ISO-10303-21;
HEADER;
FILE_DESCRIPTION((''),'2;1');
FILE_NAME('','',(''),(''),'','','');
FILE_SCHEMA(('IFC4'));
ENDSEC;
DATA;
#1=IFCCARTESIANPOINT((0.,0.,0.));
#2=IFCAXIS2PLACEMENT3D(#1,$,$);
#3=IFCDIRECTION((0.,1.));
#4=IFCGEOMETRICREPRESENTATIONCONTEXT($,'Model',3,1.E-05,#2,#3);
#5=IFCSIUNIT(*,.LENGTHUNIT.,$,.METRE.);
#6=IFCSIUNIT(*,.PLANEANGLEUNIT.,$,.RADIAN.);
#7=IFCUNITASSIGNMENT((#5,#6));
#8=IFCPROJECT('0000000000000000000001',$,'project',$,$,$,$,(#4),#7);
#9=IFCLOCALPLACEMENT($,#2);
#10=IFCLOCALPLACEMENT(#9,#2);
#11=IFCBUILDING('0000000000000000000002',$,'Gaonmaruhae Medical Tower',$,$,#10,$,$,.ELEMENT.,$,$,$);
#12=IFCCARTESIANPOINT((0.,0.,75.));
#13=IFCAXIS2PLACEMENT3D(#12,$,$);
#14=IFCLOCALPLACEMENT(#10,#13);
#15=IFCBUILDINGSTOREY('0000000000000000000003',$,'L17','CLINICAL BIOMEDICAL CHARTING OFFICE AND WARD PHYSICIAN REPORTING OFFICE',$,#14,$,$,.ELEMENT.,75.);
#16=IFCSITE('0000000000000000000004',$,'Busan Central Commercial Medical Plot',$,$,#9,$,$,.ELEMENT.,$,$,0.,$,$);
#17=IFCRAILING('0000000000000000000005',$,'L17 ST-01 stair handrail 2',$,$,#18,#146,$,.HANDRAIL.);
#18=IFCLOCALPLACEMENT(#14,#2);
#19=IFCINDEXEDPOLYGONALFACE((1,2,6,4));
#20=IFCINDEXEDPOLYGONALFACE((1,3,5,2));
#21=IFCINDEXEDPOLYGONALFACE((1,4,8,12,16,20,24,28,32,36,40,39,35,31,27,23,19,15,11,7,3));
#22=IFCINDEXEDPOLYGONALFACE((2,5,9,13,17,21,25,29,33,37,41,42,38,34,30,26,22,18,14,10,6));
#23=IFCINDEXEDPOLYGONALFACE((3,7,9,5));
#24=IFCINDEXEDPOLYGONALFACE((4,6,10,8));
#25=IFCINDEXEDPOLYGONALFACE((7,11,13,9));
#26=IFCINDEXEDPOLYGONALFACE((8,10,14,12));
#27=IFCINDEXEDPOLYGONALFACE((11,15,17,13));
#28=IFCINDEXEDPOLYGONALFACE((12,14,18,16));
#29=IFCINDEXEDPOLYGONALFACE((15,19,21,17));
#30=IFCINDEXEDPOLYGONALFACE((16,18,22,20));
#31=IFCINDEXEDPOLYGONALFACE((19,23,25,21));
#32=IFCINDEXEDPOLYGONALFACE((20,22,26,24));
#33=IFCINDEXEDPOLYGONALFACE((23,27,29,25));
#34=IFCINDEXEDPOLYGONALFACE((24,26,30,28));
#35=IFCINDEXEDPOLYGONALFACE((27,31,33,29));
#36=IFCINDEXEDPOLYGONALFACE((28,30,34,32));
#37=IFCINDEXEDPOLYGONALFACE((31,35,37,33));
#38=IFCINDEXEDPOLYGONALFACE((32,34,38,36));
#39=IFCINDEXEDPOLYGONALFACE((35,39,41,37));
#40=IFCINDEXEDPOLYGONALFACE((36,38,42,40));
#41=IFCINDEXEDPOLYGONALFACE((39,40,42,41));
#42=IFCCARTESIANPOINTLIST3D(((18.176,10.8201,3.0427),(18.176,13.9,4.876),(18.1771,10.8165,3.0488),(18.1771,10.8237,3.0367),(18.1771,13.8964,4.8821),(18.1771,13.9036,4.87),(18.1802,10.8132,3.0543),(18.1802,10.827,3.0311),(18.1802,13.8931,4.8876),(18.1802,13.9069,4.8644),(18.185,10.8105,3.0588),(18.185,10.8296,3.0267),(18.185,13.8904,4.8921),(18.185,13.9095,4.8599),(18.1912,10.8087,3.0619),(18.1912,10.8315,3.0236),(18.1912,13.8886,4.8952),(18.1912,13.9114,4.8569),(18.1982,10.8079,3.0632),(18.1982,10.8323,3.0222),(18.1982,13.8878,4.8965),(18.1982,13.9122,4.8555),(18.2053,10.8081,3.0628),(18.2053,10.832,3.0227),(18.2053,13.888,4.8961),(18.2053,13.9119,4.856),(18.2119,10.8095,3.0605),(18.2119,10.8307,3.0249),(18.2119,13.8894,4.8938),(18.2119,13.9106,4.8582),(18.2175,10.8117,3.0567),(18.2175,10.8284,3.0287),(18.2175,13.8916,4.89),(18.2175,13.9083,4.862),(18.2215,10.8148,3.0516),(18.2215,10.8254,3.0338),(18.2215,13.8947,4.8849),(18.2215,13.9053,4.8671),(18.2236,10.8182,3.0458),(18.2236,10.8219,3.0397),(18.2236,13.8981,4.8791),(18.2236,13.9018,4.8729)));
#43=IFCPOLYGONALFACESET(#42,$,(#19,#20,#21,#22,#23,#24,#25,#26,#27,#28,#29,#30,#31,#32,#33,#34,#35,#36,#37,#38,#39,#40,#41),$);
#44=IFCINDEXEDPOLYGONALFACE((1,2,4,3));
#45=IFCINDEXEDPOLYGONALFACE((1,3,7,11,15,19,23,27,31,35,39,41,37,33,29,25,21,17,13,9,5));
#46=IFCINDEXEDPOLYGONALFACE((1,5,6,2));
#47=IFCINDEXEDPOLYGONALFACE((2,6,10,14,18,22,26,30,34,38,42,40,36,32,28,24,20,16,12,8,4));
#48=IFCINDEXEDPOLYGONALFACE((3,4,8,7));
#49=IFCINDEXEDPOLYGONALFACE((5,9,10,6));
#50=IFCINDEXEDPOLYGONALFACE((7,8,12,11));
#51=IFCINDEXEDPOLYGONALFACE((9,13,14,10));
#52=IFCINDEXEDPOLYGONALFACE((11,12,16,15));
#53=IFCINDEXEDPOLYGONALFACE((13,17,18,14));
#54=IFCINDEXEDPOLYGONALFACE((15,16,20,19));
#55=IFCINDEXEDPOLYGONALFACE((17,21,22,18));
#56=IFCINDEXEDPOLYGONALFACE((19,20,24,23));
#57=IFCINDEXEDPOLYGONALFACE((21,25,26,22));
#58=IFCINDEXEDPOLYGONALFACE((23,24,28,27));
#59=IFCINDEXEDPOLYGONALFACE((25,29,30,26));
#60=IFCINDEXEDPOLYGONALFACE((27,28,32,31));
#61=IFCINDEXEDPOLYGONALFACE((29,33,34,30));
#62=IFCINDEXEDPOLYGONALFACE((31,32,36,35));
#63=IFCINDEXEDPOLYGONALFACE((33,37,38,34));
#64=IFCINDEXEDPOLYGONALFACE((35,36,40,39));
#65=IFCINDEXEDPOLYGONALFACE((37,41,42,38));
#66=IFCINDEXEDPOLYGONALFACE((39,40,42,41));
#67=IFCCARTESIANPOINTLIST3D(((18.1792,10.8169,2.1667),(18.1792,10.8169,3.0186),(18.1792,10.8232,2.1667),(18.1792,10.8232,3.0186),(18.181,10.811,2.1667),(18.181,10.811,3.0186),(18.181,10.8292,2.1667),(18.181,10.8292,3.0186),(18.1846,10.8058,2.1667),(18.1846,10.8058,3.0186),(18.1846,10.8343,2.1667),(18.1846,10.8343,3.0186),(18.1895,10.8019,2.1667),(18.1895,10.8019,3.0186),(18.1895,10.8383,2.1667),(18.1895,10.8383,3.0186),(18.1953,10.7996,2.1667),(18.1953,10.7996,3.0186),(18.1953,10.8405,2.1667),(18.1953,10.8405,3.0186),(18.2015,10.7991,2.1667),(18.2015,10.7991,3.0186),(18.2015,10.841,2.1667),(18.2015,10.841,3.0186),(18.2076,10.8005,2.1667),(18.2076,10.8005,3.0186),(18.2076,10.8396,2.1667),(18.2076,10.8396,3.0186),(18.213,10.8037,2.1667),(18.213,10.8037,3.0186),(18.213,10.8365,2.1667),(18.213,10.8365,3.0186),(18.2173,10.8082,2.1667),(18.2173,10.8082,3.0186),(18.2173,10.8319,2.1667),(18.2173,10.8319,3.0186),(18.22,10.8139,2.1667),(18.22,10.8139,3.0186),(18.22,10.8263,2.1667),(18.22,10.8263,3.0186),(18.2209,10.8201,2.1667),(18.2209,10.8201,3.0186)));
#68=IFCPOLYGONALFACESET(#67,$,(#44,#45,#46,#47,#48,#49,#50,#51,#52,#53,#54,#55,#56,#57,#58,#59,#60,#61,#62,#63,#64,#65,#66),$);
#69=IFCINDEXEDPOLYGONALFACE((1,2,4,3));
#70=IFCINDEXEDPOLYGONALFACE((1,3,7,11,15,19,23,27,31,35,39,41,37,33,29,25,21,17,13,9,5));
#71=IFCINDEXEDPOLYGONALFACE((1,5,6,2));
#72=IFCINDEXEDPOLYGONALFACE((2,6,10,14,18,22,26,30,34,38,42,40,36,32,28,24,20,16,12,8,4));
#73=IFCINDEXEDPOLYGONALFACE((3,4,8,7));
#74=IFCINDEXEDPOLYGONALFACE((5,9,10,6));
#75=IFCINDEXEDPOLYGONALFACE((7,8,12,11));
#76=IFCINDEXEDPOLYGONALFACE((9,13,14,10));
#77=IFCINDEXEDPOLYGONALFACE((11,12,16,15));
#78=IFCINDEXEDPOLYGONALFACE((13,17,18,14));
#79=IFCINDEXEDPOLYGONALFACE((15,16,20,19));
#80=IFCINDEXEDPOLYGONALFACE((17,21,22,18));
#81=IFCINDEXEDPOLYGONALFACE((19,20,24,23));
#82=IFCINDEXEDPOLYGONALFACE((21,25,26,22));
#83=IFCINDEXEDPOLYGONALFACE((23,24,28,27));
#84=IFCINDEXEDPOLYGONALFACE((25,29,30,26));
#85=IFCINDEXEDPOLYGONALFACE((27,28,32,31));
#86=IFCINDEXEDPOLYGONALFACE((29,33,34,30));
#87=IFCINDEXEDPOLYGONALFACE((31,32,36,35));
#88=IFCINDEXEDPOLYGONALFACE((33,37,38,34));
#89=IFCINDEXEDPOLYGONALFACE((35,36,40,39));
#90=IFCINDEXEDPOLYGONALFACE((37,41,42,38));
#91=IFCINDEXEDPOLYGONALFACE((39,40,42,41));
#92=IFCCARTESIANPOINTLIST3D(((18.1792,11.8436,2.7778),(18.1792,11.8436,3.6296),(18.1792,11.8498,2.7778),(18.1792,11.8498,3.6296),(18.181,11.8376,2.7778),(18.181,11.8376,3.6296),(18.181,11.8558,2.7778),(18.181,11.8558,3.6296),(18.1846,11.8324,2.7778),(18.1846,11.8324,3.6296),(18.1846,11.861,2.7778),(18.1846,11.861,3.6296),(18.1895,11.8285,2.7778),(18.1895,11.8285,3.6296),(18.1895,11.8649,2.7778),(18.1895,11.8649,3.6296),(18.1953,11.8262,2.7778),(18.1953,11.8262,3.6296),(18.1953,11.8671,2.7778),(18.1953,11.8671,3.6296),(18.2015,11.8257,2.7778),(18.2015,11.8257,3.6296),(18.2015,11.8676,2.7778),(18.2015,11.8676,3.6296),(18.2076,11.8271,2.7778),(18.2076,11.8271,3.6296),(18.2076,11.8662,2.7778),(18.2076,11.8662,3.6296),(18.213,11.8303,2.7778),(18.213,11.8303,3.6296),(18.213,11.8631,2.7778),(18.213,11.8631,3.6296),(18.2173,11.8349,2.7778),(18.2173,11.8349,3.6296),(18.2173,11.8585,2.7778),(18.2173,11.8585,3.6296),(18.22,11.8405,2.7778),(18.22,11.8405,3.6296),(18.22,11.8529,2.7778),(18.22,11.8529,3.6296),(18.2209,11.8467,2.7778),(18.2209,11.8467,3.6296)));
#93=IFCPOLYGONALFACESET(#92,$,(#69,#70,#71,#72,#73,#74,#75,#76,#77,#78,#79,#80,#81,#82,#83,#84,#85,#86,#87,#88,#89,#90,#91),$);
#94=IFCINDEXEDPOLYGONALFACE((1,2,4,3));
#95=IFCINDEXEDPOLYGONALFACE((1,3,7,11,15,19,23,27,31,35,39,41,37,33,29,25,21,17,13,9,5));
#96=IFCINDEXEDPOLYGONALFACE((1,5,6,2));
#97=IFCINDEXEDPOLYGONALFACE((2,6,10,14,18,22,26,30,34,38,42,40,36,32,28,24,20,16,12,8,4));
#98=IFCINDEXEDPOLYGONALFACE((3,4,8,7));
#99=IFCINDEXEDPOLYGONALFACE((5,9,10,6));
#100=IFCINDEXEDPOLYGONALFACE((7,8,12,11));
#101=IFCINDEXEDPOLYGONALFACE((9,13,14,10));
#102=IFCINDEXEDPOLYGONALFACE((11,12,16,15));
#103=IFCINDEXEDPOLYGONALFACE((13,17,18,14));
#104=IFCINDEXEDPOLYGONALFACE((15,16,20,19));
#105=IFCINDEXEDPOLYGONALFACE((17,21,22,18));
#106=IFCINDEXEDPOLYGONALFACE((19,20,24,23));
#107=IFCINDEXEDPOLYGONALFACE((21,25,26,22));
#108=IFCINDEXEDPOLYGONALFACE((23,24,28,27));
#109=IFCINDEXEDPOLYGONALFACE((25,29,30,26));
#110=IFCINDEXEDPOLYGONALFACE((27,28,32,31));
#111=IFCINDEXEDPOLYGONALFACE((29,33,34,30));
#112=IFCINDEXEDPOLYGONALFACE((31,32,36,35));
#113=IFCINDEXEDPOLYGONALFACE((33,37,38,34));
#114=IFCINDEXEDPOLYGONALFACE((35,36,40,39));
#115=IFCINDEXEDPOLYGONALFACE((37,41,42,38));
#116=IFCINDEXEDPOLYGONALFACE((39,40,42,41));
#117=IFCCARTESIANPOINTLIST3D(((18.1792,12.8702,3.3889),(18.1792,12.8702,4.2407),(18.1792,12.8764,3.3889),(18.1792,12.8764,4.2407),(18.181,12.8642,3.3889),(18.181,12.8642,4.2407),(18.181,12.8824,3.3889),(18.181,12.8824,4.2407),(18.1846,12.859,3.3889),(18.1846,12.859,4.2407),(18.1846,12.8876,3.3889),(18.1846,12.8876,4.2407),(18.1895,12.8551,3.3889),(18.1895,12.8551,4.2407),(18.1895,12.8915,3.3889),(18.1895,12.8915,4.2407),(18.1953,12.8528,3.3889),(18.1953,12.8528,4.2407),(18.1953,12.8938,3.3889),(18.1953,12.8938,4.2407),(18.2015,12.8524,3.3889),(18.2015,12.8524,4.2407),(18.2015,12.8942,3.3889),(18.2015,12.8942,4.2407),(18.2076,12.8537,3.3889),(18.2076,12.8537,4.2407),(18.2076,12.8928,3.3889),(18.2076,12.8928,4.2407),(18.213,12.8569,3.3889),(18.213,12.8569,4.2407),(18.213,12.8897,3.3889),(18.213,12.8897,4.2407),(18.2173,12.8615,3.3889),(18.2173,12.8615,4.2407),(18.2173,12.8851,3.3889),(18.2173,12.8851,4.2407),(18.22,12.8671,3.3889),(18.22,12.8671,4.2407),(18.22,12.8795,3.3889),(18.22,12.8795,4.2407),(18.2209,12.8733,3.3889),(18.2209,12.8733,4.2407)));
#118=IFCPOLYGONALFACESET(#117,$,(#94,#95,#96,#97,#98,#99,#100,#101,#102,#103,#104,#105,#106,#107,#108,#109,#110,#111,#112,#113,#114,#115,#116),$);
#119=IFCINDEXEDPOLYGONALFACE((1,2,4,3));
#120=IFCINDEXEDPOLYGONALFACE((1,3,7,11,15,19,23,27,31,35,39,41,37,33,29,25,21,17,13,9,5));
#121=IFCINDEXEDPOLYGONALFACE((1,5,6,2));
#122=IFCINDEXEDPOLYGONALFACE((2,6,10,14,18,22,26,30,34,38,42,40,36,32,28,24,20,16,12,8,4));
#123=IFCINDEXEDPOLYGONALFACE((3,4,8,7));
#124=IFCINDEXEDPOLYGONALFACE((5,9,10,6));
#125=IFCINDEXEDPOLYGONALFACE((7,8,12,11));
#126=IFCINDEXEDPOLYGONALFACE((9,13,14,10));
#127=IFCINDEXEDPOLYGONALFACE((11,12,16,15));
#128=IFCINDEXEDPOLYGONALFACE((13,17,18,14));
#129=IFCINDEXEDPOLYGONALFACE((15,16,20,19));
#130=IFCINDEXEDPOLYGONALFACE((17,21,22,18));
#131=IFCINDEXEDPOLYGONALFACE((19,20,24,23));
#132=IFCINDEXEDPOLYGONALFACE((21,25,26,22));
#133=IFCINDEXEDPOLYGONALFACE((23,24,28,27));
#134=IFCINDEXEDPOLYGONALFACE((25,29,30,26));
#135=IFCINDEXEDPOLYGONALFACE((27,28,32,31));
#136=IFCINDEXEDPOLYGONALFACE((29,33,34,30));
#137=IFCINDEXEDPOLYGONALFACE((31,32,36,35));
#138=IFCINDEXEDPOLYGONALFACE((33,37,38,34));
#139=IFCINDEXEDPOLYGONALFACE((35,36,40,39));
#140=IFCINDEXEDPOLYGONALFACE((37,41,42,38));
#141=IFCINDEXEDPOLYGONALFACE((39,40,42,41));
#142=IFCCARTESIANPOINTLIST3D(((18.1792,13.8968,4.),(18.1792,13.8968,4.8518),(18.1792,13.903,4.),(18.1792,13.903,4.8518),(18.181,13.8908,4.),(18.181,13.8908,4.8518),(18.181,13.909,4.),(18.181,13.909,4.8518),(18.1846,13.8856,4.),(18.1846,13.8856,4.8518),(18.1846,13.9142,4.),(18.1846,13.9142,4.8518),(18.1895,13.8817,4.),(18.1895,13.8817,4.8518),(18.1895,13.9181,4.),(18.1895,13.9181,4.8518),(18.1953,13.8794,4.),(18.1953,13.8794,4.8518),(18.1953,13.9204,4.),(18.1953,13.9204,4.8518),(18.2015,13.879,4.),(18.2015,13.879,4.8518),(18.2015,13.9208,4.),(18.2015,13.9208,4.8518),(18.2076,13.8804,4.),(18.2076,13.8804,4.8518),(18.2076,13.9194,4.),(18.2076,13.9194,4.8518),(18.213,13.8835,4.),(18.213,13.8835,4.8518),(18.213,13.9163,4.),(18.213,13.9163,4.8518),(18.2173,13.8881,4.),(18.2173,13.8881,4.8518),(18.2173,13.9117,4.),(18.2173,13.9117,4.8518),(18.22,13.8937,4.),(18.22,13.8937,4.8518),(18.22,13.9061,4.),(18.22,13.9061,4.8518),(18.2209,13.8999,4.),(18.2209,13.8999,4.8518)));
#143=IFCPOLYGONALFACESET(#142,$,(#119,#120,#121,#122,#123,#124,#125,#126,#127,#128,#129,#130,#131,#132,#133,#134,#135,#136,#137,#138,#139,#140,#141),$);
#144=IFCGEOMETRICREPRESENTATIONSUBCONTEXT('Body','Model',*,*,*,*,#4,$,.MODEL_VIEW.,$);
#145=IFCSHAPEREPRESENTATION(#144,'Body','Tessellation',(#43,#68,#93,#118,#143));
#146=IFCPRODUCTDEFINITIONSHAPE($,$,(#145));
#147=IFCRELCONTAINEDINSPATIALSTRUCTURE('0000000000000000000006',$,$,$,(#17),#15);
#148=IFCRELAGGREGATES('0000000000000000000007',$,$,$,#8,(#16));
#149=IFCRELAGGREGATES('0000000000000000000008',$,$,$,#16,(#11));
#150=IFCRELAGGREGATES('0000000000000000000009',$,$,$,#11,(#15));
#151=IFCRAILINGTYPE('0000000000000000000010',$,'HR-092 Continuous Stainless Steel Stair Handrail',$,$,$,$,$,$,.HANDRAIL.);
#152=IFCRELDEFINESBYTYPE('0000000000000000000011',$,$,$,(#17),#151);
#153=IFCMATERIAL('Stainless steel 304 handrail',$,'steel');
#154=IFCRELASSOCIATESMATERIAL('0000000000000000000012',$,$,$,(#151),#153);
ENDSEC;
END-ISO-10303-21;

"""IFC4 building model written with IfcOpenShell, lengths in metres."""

from ifc_helpers import new_model, si_unit, direction, frame, origin, origin_2d, place, context, subcontext, project, spatial, circle, extrude, material, type_object, element, save


model = new_model("IFC4")

# Units and contexts
model_context = context("Model", 3, precision=1e-05, world=origin(), true_north=direction((0.0, 1.0)))
body_context = subcontext(model_context, "Body", "Model", "MODEL_VIEW")
ifc_project = project(units=[si_unit("LENGTHUNIT", "METRE"), si_unit("PLANEANGLEUNIT", "RADIAN")], contexts=[model_context])

# Site, building, storey
site_placement = place(None, origin())
site = spatial("IfcSite", under=ifc_project, at=site_placement, Name="Busan Central Commercial Medical Plot", CompositionType="ELEMENT", RefElevation=0.0)
building_placement = place(site_placement, origin())
building = spatial("IfcBuilding", under=site, at=building_placement, Name="Gaonmaruhae Medical Tower", CompositionType="ELEMENT")
storey_placement = place(building_placement, frame((0.0, 0.0, 75.0)))
storey = spatial("IfcBuildingStorey", under=building, at=storey_placement, Name="L17", Description="CLINICAL BIOMEDICAL CHARTING OFFICE AND WARD PHYSICIAN REPORTING OFFICE", CompositionType="ELEMENT", Elevation=75.0)

# Railing
ifc_material_1 = material(Name="Stainless steel 304 handrail", Category="steel")
railing_type_1 = type_object("IfcRailingType", Name="HR-092 Continuous Stainless Steel Stair Handrail", PredefinedType="HANDRAIL", material=ifc_material_1)
railing_1_placement = place(storey_placement, frame((18.2, 10.8201, 2.1667)))
element("IfcRailing", 1, at=railing_1_placement, inside=storey, type_object=railing_type_1, Name="L17 ST-01 stair handrail 2", PredefinedType="HANDRAIL", context=body_context, shape_type="SweptSolid", body=[
    extrude(circle(Radius=0.0239, at=origin_2d()), frame((0.0, 0.0, 0.876), z_axis=(0.0, 0.859291, 0.511487), x_axis=(-1.0, 0.0, 0.0)), (0.0, 0.0, 1.0), 3.5842),
    extrude(circle(Radius=0.021, at=origin_2d()), origin(), (0.0, 0.0, 1.0), 0.8518),
    extrude(circle(Radius=0.021, at=origin_2d()), frame((0.0, 1.0266, 0.6111)), (0.0, 0.0, 1.0), 0.8518),
    extrude(circle(Radius=0.021, at=origin_2d()), frame((0.0, 2.0532, 1.2222)), (0.0, 0.0, 1.0), 0.8518),
    extrude(circle(Radius=0.021, at=origin_2d()), frame((0.0, 3.0798, 1.8333)), (0.0, 0.0, 1.0), 0.8518),
])

save(model, "model.ifc")
